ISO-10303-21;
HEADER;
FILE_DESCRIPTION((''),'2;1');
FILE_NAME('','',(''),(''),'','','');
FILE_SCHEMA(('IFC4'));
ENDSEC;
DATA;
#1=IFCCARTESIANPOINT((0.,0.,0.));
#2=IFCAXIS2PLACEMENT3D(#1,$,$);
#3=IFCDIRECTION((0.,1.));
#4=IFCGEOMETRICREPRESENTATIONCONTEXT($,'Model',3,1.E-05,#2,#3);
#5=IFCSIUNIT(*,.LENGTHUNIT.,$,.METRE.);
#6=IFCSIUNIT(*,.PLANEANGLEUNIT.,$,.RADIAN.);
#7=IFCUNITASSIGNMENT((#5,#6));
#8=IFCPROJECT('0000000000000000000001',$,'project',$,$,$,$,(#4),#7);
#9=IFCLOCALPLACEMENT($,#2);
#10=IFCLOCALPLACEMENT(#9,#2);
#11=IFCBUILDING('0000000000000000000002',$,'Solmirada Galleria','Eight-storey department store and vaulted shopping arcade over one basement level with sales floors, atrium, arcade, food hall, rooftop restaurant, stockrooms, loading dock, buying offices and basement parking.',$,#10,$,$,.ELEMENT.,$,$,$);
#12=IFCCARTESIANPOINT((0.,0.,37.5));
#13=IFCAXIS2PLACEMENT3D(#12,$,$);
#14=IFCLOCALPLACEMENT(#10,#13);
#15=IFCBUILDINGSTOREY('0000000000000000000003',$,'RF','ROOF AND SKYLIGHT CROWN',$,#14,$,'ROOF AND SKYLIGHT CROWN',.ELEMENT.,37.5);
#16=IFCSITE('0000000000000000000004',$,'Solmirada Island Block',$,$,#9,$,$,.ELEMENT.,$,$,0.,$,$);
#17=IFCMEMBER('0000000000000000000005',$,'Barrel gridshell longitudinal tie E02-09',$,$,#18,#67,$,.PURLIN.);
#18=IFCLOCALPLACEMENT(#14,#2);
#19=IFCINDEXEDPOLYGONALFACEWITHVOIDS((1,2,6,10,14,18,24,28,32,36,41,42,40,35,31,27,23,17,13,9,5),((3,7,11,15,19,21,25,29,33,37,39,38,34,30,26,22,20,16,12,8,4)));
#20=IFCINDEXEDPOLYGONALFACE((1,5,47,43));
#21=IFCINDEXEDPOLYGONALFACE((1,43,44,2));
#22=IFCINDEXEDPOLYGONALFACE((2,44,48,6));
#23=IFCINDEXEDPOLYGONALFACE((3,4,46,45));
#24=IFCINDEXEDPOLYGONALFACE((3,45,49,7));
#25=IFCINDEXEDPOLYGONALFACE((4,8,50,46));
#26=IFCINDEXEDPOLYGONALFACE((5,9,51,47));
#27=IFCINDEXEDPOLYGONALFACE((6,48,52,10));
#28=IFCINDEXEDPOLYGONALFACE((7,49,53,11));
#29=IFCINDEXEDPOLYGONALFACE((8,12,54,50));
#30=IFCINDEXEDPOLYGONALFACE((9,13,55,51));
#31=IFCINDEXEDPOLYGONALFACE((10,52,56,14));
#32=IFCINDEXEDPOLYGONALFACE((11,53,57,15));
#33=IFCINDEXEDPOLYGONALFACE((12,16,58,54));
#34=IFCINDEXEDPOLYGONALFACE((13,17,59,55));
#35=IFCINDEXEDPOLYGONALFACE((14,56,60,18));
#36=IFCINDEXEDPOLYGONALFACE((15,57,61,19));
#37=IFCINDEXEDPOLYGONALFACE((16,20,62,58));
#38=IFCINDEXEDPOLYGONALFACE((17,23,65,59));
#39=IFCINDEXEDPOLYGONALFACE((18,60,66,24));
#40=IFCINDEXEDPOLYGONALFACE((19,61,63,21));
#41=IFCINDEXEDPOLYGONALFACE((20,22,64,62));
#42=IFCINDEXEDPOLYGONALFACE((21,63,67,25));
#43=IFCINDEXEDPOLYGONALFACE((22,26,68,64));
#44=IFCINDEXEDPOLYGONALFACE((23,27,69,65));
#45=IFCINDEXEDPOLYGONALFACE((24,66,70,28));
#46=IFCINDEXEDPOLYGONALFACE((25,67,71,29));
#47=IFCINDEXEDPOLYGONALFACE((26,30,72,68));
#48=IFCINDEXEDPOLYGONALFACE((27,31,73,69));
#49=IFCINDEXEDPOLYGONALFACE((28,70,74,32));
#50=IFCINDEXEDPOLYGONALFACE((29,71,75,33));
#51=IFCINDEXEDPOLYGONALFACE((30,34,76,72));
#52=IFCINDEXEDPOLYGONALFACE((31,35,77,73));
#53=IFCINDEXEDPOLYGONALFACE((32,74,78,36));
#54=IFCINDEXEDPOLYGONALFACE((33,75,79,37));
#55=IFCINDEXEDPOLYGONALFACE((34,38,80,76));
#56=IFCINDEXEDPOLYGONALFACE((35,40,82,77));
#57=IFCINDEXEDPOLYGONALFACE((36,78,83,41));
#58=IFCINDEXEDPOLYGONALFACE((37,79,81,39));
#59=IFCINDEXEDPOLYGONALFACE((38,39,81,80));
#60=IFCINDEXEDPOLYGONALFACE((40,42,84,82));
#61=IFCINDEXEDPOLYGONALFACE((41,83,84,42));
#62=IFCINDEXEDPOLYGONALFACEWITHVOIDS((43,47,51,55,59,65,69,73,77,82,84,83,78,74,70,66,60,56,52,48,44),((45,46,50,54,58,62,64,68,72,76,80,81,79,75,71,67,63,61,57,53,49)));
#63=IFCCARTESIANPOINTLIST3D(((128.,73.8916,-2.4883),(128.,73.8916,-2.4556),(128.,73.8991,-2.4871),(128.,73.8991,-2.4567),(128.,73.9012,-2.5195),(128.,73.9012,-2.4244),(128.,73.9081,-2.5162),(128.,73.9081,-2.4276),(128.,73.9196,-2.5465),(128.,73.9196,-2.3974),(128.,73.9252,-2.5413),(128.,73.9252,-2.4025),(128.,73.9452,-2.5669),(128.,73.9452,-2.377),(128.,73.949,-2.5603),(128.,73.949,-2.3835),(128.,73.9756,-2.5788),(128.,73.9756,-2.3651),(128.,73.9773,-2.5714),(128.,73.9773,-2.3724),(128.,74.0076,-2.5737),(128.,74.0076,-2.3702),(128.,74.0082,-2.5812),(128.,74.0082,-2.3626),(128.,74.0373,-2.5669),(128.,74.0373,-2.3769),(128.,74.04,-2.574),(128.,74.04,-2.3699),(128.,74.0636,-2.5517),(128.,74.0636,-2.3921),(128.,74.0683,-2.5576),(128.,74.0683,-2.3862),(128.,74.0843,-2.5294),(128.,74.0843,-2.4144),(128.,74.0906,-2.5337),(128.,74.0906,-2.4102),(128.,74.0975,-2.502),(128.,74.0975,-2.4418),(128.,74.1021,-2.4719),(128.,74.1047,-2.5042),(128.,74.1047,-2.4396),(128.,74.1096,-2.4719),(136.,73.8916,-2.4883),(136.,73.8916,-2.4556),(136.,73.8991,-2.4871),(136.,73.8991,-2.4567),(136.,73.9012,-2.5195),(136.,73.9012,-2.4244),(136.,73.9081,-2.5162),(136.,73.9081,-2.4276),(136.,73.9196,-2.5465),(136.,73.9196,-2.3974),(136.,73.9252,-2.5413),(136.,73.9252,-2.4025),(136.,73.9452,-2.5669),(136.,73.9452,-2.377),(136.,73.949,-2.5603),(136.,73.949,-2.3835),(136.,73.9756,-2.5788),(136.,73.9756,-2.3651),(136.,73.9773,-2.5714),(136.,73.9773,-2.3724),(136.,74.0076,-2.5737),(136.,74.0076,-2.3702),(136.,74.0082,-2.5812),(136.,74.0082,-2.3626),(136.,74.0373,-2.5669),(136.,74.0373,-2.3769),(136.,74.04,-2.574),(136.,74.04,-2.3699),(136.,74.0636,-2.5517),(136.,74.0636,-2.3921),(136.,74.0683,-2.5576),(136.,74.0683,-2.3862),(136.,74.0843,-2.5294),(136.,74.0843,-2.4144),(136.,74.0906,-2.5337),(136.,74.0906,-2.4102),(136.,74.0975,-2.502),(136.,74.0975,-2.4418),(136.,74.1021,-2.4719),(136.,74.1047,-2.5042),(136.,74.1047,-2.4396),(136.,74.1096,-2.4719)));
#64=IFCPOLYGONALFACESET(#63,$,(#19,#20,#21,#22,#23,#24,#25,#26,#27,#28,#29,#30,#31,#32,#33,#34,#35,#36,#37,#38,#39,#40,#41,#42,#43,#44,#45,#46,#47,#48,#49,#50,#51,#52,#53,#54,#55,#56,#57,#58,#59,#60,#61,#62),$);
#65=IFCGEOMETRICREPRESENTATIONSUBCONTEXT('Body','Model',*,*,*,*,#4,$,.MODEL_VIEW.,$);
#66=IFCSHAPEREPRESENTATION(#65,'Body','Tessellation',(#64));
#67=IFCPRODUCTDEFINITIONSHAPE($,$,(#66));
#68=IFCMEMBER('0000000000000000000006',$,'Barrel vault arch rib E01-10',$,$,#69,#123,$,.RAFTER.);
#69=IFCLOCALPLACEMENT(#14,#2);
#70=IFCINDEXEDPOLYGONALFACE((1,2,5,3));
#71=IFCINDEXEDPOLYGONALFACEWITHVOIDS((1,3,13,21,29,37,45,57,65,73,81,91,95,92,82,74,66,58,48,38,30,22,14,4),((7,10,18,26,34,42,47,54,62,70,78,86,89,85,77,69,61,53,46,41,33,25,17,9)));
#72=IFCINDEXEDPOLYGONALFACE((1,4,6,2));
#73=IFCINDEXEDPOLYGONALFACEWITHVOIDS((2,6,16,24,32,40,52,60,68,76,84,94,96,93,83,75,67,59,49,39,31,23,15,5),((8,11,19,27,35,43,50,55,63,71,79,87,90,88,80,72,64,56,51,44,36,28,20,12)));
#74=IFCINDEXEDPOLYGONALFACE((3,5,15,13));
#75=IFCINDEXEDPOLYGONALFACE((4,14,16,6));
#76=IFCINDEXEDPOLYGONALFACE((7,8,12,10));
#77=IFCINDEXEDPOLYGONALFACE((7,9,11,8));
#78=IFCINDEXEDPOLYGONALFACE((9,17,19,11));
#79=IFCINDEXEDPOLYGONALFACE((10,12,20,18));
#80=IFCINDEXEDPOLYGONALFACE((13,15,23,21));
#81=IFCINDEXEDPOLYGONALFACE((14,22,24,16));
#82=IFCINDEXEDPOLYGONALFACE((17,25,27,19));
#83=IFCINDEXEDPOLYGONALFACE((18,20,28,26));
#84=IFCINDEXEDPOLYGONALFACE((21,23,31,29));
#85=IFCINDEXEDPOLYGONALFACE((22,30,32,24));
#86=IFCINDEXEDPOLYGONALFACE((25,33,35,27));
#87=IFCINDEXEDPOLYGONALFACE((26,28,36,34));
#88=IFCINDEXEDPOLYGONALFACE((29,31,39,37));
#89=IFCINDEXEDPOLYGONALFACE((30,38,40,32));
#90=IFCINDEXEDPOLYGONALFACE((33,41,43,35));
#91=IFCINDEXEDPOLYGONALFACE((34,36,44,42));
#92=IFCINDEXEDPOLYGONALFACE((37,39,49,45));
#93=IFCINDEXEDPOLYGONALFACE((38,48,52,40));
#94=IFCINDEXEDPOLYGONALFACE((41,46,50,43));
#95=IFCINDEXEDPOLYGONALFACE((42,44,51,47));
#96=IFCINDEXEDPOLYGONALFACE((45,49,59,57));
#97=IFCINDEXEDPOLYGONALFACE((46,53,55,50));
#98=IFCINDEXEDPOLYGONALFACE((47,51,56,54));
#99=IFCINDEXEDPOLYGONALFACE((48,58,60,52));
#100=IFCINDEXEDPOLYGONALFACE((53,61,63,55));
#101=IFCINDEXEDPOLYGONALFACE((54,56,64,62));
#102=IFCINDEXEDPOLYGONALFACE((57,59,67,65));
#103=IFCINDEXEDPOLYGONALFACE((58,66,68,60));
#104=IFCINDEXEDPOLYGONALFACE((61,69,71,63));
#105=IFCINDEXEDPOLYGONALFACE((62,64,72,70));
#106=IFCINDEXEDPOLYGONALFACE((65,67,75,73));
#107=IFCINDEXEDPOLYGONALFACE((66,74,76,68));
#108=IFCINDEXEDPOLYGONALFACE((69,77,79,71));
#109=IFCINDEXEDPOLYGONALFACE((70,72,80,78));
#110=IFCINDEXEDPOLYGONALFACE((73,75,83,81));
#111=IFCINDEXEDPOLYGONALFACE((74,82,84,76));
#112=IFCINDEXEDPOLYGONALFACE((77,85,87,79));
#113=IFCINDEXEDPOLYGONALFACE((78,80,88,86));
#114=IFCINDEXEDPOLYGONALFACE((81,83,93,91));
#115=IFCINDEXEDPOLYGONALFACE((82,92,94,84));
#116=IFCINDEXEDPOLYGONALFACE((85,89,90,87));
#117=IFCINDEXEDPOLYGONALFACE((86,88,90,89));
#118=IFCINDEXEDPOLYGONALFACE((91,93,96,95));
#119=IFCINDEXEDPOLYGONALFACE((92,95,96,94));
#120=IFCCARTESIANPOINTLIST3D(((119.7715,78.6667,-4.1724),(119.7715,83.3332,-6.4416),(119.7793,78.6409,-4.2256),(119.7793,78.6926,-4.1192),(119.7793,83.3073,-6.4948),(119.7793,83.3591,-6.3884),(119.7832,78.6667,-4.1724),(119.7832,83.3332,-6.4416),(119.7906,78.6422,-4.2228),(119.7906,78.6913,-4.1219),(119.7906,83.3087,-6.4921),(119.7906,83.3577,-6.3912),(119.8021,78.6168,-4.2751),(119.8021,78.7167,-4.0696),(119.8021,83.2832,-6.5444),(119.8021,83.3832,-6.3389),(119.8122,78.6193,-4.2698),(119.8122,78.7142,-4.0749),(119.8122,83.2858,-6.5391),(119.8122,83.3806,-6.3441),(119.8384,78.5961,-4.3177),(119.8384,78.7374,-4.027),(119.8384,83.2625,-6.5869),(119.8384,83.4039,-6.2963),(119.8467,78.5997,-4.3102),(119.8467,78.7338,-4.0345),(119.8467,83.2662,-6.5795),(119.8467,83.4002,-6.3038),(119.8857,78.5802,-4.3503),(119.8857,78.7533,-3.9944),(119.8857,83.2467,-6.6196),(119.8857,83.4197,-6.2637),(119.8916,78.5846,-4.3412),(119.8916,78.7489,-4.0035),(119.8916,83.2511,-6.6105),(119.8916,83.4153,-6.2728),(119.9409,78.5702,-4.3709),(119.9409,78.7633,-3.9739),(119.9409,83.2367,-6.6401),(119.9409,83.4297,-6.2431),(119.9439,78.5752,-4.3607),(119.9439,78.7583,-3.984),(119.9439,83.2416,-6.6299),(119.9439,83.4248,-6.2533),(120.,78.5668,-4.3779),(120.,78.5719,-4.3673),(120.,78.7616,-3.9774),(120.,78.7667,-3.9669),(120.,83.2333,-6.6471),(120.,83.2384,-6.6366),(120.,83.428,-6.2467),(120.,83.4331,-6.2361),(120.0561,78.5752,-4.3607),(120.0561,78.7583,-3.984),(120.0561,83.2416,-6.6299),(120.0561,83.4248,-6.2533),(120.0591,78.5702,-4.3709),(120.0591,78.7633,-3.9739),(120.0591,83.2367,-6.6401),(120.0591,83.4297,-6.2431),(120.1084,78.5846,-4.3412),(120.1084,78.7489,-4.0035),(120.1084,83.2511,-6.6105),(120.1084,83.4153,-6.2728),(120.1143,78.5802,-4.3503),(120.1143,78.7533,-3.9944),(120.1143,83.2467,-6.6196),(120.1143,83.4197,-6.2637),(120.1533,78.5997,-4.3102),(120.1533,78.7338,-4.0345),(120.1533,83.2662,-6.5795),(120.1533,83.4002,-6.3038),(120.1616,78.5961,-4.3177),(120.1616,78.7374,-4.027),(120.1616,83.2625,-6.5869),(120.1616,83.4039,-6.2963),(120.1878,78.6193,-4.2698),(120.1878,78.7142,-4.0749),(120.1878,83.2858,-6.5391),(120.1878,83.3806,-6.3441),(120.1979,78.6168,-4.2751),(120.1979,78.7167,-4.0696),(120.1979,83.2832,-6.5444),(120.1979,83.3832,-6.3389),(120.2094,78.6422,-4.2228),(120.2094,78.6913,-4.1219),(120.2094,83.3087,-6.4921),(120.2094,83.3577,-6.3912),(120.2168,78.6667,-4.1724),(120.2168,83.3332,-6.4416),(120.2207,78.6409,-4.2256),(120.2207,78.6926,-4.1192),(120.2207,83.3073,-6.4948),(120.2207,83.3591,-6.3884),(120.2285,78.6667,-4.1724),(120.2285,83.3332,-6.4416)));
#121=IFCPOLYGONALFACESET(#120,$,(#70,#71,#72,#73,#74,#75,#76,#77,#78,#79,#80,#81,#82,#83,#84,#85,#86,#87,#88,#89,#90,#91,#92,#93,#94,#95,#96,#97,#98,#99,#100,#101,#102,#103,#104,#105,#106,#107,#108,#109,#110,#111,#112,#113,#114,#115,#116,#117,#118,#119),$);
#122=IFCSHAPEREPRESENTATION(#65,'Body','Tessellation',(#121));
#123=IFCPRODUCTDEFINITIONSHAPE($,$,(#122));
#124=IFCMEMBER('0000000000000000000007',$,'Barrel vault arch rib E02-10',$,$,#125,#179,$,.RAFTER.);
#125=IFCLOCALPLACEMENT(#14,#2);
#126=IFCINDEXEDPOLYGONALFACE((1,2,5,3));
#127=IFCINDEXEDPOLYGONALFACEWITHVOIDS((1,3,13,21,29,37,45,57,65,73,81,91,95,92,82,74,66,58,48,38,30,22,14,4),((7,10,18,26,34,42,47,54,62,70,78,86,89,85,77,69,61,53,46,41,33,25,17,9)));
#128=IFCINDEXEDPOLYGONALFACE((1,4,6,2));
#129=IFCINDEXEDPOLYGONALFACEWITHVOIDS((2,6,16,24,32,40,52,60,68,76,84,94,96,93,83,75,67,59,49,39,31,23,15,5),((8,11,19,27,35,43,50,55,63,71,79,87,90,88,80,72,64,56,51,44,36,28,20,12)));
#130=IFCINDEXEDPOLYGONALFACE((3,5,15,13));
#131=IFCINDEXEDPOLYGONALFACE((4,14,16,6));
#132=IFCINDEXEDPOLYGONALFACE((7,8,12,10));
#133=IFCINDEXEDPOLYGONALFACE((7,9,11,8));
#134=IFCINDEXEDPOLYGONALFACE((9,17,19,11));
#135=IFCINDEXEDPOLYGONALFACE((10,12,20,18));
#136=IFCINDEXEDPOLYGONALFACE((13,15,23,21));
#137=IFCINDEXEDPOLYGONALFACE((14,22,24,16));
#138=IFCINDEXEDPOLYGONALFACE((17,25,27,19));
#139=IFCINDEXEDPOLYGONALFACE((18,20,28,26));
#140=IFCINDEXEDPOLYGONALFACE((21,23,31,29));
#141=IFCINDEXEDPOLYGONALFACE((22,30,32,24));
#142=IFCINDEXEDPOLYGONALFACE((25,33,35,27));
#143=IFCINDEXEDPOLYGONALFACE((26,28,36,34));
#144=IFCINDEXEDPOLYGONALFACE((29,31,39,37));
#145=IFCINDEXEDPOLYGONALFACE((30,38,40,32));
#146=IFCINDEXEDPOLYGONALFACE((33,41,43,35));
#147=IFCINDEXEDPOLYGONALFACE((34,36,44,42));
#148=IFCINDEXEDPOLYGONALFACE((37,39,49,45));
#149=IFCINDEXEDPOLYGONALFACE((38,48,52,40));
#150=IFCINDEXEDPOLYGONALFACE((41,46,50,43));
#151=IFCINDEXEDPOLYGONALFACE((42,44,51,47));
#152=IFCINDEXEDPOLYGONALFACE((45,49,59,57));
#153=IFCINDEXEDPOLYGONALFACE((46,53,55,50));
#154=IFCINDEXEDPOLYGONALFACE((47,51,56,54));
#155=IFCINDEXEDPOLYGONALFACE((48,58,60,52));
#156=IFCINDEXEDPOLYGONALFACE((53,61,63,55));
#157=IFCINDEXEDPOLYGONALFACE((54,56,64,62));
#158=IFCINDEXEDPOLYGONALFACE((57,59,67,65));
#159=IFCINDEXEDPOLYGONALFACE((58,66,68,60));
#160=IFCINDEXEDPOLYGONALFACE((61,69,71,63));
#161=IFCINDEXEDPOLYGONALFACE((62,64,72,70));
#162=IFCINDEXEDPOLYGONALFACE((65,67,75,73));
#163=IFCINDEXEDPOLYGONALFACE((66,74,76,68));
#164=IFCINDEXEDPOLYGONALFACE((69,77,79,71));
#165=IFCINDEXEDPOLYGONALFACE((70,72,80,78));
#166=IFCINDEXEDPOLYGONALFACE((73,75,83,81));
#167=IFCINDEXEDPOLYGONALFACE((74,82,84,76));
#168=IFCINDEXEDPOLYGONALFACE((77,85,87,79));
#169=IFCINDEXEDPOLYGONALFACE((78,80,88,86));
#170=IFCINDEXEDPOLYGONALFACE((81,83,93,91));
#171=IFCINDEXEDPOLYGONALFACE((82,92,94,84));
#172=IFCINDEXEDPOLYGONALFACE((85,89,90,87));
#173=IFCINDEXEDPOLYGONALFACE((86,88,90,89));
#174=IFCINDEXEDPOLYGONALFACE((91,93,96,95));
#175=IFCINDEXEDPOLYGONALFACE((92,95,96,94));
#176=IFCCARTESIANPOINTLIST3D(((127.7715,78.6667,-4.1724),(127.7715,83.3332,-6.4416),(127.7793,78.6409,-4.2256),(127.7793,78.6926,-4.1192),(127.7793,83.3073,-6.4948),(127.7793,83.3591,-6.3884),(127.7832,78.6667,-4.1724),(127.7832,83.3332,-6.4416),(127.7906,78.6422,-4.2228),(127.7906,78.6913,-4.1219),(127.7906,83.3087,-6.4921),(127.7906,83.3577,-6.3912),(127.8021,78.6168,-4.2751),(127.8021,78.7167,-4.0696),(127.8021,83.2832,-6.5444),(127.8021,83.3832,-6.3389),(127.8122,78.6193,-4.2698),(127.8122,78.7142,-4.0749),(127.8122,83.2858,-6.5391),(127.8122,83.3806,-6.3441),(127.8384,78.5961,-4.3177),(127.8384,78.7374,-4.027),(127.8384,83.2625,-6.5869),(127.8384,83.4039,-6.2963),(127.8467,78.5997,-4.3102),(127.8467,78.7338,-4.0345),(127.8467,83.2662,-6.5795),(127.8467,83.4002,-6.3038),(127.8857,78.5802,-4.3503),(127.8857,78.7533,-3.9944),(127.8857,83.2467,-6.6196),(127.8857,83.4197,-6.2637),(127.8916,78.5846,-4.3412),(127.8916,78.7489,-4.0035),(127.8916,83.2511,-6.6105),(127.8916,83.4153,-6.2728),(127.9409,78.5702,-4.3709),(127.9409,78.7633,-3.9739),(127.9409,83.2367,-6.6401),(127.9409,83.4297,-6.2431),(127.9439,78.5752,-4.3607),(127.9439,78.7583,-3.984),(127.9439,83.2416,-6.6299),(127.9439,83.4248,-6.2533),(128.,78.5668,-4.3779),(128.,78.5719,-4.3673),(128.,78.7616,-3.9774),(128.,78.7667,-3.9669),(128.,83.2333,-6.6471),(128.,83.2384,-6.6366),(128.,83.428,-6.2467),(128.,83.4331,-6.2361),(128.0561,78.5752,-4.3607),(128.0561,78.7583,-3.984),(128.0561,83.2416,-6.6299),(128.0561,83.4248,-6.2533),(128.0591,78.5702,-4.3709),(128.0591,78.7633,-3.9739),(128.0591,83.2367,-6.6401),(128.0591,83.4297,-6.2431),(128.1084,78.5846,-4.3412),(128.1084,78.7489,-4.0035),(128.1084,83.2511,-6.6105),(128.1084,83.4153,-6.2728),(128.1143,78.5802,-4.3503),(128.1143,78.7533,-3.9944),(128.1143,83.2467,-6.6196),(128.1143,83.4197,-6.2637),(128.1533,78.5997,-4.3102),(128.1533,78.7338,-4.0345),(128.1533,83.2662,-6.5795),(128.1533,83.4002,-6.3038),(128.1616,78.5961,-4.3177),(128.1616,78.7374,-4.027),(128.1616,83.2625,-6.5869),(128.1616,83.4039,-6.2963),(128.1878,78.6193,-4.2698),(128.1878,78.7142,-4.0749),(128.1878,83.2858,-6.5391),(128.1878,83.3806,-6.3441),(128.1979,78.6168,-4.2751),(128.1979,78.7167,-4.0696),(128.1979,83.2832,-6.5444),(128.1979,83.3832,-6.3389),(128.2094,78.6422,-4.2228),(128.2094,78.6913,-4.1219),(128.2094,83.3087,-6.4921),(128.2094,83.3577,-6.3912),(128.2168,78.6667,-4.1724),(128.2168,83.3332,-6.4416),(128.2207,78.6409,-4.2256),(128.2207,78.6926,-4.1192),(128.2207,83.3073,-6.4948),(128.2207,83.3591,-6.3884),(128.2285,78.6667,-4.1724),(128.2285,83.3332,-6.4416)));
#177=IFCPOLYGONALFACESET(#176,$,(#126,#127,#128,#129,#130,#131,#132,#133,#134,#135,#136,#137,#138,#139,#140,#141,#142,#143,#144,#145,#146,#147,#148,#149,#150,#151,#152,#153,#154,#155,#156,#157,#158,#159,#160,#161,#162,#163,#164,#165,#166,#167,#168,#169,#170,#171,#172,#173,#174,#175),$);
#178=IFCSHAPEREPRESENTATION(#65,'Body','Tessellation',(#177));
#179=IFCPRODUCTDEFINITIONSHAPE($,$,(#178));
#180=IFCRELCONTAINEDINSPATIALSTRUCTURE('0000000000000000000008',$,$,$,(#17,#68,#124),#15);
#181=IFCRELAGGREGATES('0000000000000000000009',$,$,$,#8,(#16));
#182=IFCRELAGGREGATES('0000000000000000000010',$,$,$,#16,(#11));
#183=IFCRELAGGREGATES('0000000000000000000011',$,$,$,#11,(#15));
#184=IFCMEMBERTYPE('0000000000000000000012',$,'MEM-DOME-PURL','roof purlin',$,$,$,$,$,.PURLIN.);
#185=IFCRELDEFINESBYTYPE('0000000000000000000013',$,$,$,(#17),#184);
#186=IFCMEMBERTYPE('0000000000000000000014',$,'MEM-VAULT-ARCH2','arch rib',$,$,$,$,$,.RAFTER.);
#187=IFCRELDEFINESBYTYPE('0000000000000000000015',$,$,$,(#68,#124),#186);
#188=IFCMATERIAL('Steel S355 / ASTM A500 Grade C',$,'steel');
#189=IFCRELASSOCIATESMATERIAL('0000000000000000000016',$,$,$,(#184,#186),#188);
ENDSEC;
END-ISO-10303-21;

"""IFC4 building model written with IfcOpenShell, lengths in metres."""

from ifc_helpers import new_model, si_unit, direction, frame, origin, origin_2d, place, context, subcontext, project, spatial, hollow_circle, extrude, material, material_profile, profile_set, type_object, element, save


model = new_model("IFC4")

# Units and contexts
model_context = context("Model", 3, precision=1e-05, world=origin(), true_north=direction((0.0, 1.0)))
body_context = subcontext(model_context, "Body", "Model", "MODEL_VIEW")
ifc_project = project(units=[si_unit("LENGTHUNIT", "METRE"), si_unit("PLANEANGLEUNIT", "RADIAN")], contexts=[model_context])

# Site, building, storey
site_placement = place(None, origin())
site = spatial("IfcSite", under=ifc_project, at=site_placement, Name="Solmirada Island Block", CompositionType="ELEMENT", RefElevation=0.0)
building_placement = place(site_placement, origin())
building = spatial("IfcBuilding", under=site, at=building_placement, Name="Solmirada Galleria", Description="Eight-storey department store and vaulted shopping arcade over one basement level with sales floors, atrium, arcade, food hall, rooftop restaurant, stockrooms, loading dock, buying offices and basement parking.", CompositionType="ELEMENT")
storey_placement = place(building_placement, frame((0.0, 0.0, 37.5)))
storey = spatial("IfcBuildingStorey", under=building, at=storey_placement, Name="RF", Description="ROOF AND SKYLIGHT CROWN", LongName="ROOF AND SKYLIGHT CROWN", CompositionType="ELEMENT", Elevation=37.5)

# Members
ifc_material_1 = material(Name="Steel S355 / ASTM A500 Grade C", Category="steel")
ifc_material_profile_1 = material_profile(ifc_material_1, hollow_circle(Radius=0.1096, WallThickness=0.0076, at=origin_2d()), Name="HSS8.625X0.322")
ifc_profile_set_1 = profile_set([ifc_material_profile_1], Name="Steel S355 / ASTM A500 Grade C")
member_type_1 = type_object("IfcMemberType", Name="MEM-DOME-PURL", Description="roof purlin", PredefinedType="PURLIN", material=ifc_profile_set_1)
member_1_placement = place(storey_placement, frame((128.0, 74.0, -2.4719), z_axis=(1.0, 0.0, 0.0), x_axis=(0.0, 1.0, 0.0)))
element("IfcMember", 1, at=member_1_placement, inside=storey, type_object=member_type_1, Name="Barrel gridshell longitudinal tie E02-09", PredefinedType="PURLIN", context=body_context, shape_type="SweptSolid", body=[
    extrude(hollow_circle(Radius=0.1096, WallThickness=0.0076, at=origin_2d()), origin(), (0.0, 0.0, 1.0), 8.0),
])
ifc_material_profile_2 = material_profile(ifc_material_1, hollow_circle(Radius=0.2285, WallThickness=0.0117, at=origin_2d()), Name="HSS18.000X0.500")
ifc_profile_set_2 = profile_set([ifc_material_profile_2], Name="Steel S355 / ASTM A500 Grade C")
member_type_2 = type_object("IfcMemberType", Name="MEM-VAULT-ARCH2", Description="arch rib", PredefinedType="RAFTER", material=ifc_profile_set_2)
for number, where, z_axis, x_axis, name in (
    (2, (120.0, 78.6667, -4.1724), (0.0, 0.899304, -0.437325), (-1.0, 0.0, 0.0), "Barrel vault arch rib E01-10"),
    (3, (128.0, 78.6667, -4.1724), (0.0, 0.899304, -0.437325), (-1.0, 0.0, 0.0), "Barrel vault arch rib E02-10"),
):
    element("IfcMember", number, at=place(storey_placement, frame(where, z_axis=z_axis, x_axis=x_axis)), inside=storey, type_object=member_type_2, Name=name, PredefinedType="RAFTER", context=body_context, shape_type="SweptSolid", body=[
        extrude(hollow_circle(Radius=0.2285, WallThickness=0.0117, at=origin_2d()), origin(), (0.0, 0.0, 1.0), 5.189),
    ])

save(model, "model.ifc")
